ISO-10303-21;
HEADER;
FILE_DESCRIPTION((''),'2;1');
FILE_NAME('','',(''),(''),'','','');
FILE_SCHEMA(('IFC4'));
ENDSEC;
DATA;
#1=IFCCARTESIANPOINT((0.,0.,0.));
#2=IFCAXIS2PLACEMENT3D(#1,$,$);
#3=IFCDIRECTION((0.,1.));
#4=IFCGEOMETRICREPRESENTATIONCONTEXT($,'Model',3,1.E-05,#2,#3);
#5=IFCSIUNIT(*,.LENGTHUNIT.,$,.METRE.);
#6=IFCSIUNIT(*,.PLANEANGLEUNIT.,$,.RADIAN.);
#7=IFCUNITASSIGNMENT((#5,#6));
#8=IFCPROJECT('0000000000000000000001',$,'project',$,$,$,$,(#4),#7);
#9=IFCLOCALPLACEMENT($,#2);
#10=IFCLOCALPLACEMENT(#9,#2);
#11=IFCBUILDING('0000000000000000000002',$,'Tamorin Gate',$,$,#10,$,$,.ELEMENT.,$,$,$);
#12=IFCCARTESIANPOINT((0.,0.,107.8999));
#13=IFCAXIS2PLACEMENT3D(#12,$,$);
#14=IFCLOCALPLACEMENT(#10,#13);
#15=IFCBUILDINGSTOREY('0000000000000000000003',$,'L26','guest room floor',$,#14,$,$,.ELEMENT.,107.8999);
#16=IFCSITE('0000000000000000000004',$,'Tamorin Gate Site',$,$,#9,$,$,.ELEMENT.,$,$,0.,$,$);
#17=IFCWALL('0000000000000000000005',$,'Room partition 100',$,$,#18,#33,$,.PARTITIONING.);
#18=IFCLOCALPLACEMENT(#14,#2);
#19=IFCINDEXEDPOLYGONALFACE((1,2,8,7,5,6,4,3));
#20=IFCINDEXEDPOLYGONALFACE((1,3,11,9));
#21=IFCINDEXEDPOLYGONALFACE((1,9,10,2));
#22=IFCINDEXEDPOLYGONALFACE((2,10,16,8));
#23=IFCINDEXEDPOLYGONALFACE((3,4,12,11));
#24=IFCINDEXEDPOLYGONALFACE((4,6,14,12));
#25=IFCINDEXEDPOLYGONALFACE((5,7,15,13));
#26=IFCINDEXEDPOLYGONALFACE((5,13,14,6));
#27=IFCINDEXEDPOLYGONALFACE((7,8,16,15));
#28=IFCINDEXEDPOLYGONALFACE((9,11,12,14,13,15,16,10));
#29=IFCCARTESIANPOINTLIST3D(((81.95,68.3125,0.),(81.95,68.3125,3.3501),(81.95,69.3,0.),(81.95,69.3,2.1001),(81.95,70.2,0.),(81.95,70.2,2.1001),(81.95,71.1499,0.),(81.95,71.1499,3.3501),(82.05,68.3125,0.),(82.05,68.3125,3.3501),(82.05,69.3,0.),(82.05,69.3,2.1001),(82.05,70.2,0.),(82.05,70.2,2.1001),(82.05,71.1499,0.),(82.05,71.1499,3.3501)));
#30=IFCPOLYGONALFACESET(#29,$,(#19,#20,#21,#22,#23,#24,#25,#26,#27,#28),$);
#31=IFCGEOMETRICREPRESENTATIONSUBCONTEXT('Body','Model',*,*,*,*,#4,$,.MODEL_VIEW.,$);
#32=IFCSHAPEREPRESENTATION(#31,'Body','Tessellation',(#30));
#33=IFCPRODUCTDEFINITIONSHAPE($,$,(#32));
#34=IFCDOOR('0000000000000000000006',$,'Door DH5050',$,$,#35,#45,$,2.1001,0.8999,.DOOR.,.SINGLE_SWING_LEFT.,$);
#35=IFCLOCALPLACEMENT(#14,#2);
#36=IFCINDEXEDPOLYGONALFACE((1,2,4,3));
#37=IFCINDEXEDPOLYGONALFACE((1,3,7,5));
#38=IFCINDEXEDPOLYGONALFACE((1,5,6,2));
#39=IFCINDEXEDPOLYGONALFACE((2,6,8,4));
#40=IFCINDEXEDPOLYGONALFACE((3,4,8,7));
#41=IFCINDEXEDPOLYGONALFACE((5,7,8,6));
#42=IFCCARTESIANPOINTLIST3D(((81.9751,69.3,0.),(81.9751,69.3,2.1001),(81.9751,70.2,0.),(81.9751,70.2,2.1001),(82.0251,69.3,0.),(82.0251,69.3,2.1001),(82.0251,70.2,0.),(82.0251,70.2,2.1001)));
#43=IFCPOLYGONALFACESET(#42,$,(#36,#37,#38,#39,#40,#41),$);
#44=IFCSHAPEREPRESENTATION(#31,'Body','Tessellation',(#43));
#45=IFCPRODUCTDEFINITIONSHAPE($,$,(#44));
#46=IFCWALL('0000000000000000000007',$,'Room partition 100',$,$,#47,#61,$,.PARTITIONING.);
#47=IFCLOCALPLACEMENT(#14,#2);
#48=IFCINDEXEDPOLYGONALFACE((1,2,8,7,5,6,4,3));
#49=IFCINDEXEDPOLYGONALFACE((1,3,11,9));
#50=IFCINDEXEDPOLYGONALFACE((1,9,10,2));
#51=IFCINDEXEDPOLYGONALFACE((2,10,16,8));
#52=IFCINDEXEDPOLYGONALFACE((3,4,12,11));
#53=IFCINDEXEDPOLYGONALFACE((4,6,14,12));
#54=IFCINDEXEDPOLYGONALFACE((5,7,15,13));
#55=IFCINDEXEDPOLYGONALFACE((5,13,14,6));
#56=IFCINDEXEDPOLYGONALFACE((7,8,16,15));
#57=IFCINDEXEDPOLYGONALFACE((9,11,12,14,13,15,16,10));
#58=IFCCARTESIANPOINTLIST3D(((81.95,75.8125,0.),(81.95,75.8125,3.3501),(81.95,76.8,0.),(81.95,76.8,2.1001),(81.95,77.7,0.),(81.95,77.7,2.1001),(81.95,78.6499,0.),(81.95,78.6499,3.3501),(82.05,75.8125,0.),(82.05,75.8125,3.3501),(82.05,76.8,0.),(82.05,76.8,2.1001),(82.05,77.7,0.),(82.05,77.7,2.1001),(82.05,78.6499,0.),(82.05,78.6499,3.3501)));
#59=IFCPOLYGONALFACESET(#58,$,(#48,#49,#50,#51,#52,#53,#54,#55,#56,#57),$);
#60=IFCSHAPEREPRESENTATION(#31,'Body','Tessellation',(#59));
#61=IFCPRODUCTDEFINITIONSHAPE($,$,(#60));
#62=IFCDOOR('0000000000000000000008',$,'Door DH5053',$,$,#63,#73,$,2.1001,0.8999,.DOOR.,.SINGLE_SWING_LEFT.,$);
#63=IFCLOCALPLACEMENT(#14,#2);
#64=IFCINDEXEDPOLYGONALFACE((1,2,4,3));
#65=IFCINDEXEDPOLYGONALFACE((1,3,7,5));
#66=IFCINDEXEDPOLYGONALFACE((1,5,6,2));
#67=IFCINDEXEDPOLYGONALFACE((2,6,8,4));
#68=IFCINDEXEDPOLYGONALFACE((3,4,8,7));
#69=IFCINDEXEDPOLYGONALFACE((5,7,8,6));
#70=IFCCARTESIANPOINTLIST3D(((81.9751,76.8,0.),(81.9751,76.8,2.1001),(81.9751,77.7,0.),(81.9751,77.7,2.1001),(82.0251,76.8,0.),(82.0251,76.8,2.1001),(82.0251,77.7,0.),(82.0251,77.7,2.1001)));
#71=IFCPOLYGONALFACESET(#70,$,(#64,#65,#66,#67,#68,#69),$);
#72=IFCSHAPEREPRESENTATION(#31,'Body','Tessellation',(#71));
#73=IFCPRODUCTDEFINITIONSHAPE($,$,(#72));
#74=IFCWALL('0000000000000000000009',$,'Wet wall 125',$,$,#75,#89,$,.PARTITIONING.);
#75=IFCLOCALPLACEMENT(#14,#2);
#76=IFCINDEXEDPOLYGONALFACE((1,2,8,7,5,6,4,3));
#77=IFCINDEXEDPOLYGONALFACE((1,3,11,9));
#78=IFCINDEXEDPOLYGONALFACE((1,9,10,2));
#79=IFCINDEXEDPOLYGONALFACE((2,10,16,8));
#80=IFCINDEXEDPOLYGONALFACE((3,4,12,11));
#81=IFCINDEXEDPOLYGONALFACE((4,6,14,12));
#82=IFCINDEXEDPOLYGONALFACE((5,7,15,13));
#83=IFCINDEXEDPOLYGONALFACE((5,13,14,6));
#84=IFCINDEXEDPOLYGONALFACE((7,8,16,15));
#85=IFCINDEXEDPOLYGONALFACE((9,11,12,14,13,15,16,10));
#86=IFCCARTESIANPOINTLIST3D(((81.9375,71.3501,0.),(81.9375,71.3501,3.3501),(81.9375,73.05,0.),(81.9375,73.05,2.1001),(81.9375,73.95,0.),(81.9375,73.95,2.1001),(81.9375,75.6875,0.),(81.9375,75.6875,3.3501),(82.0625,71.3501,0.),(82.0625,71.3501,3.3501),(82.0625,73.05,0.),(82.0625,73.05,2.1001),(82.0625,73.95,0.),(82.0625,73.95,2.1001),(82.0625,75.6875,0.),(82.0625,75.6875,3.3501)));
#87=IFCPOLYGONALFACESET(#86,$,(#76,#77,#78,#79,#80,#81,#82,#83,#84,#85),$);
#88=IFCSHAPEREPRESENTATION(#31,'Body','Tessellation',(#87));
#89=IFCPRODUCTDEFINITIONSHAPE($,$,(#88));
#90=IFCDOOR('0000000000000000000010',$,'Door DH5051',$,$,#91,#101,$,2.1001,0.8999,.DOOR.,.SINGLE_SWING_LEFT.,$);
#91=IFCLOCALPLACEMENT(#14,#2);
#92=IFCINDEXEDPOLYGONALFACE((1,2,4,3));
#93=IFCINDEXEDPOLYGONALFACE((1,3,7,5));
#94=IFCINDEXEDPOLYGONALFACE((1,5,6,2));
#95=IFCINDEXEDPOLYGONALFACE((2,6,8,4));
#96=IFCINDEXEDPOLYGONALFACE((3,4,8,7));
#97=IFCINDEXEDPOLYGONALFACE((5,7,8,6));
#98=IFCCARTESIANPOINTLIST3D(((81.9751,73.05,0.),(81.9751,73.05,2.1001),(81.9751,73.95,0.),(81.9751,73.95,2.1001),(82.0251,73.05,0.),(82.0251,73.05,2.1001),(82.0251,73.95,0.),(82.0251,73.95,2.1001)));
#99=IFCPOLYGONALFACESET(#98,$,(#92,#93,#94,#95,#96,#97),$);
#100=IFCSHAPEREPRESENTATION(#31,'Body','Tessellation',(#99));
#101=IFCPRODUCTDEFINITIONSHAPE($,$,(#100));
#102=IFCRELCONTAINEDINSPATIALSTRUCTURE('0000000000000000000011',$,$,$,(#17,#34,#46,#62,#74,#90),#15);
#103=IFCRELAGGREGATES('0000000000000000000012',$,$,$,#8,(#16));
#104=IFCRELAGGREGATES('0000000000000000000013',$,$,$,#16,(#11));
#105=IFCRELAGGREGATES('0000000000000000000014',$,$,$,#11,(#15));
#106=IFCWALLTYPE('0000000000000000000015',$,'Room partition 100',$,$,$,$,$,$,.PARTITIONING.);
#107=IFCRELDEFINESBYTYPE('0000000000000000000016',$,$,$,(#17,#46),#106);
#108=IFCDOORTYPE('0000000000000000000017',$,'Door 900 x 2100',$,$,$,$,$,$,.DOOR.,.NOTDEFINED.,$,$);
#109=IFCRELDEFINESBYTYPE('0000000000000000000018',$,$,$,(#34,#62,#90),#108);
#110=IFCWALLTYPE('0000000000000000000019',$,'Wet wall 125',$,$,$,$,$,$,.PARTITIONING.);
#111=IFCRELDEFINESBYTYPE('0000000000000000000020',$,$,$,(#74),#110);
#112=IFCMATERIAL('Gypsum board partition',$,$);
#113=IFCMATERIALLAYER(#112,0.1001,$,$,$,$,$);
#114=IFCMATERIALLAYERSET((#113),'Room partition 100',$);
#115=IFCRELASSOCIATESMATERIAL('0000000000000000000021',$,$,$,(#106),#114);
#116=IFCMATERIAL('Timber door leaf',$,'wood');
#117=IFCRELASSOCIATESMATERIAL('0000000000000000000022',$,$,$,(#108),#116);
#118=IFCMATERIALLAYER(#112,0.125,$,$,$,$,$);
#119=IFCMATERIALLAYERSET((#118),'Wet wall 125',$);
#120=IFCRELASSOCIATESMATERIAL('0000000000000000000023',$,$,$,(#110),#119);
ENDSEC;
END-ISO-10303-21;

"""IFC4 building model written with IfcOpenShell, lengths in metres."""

from ifc_helpers import new_model, si_unit, direction, frame, frame_2d, origin, place, context, subcontext, project, spatial, rectangle, extrude, material, layer, layer_set, type_object, element, fill, save


model = new_model("IFC4")

# Units and contexts
model_context = context("Model", 3, precision=1e-05, world=origin(), true_north=direction((0.0, 1.0)))
body_context = subcontext(model_context, "Body", "Model", "MODEL_VIEW")
ifc_project = project(units=[si_unit("LENGTHUNIT", "METRE"), si_unit("PLANEANGLEUNIT", "RADIAN")], contexts=[model_context])

# Site, building, storey
site_placement = place(None, origin())
site = spatial("IfcSite", under=ifc_project, at=site_placement, Name="Tamorin Gate Site", CompositionType="ELEMENT", RefElevation=0.0)
building_placement = place(site_placement, origin())
building = spatial("IfcBuilding", under=site, at=building_placement, Name="Tamorin Gate", CompositionType="ELEMENT")
storey_placement = place(building_placement, frame((0.0, 0.0, 107.8999)))
storey = spatial("IfcBuildingStorey", under=building, at=storey_placement, Name="L26", Description="guest room floor", CompositionType="ELEMENT", Elevation=107.8999)

# Walls, openings, doors
ifc_material_1 = material(Name="Gypsum board partition")
ifc_layer_1 = layer(ifc_material_1, 0.1001)
ifc_layer_set_1 = layer_set([ifc_layer_1], Name="Room partition 100")
wall_type_1 = type_object("IfcWallType", Name="Room partition 100", PredefinedType="PARTITIONING", material=ifc_layer_set_1)
wall_1_placement = place(storey_placement, frame((82.0, 68.3125, 0.0), z_axis=(0.0, 0.0, 1.0), x_axis=(0.0, 1.0, 0.0)))
wall_1 = element("IfcWall", 1, at=wall_1_placement, inside=storey, type_object=wall_type_1, Name="Room partition 100", PredefinedType="PARTITIONING", context=body_context, shape_type="SweptSolid", body=[
    extrude(rectangle(XDim=2.8374, YDim=0.1001, at=frame_2d((1.4187, 0.0))), origin(), (0.0, 0.0, 1.0), 3.3501),
])
opening_1_placement = place(wall_1_placement, frame((0.9875, 0.0, 0.0)))
opening_1 = element("IfcOpeningElement", 2, at=opening_1_placement, cuts=wall_1, PredefinedType="OPENING", context=body_context, shape_type="SweptSolid", body=[
    extrude(rectangle(XDim=0.8999, YDim=2.1001, at=frame_2d((0.45, 1.05))), frame((0.0, 0.0601, 0.0), z_axis=(0.0, -1.0, 0.0), x_axis=(1.0, 0.0, 0.0)), (0.0, 0.0, 1.0), 0.1201),
])
ifc_material_2 = material(Name="Timber door leaf", Category="wood")
door_type = type_object("IfcDoorType", Name="Door 900 x 2100", OperationType="NOTDEFINED", PredefinedType="DOOR", material=ifc_material_2)
door_1_placement = place(opening_1_placement, origin())
door_1 = element("IfcDoor", 3, at=door_1_placement, inside=storey, type_object=door_type, Name="Door DH5050", OperationType="SINGLE_SWING_LEFT", OverallHeight=2.1001, OverallWidth=0.8999, PredefinedType="DOOR", context=body_context, shape_type="SweptSolid", body=[
    extrude(rectangle(XDim=0.8999, YDim=2.1001, at=frame_2d((0.45, 1.05))), frame((0.0, 0.0249, 0.0), z_axis=(0.0, -1.0, 0.0), x_axis=(1.0, 0.0, 0.0)), (0.0, 0.0, 1.0), 0.05),
])
fill(opening_1, door_1)
wall_2_placement = place(storey_placement, frame((82.0, 75.8125, 0.0), z_axis=(0.0, 0.0, 1.0), x_axis=(0.0, 1.0, 0.0)))
wall_2 = element("IfcWall", 4, at=wall_2_placement, inside=storey, type_object=wall_type_1, Name="Room partition 100", PredefinedType="PARTITIONING", context=body_context, shape_type="SweptSolid", body=[
    extrude(rectangle(XDim=2.8374, YDim=0.1001, at=frame_2d((1.4187, 0.0))), origin(), (0.0, 0.0, 1.0), 3.3501),
])
opening_2_placement = place(wall_2_placement, frame((0.9875, 0.0, 0.0)))
opening_2 = element("IfcOpeningElement", 5, at=opening_2_placement, cuts=wall_2, PredefinedType="OPENING", context=body_context, shape_type="SweptSolid", body=[
    extrude(rectangle(XDim=0.8999, YDim=2.1001, at=frame_2d((0.45, 1.05))), frame((0.0, 0.0601, 0.0), z_axis=(0.0, -1.0, 0.0), x_axis=(1.0, 0.0, 0.0)), (0.0, 0.0, 1.0), 0.1201),
])
door_2_placement = place(opening_2_placement, origin())
door_2 = element("IfcDoor", 6, at=door_2_placement, inside=storey, type_object=door_type, Name="Door DH5053", OperationType="SINGLE_SWING_LEFT", OverallHeight=2.1001, OverallWidth=0.8999, PredefinedType="DOOR", context=body_context, shape_type="SweptSolid", body=[
    extrude(rectangle(XDim=0.8999, YDim=2.1001, at=frame_2d((0.45, 1.05))), frame((0.0, 0.0249, 0.0), z_axis=(0.0, -1.0, 0.0), x_axis=(1.0, 0.0, 0.0)), (0.0, 0.0, 1.0), 0.05),
])
fill(opening_2, door_2)
ifc_layer_2 = layer(ifc_material_1, 0.125)
ifc_layer_set_2 = layer_set([ifc_layer_2], Name="Wet wall 125")
wall_type_2 = type_object("IfcWallType", Name="Wet wall 125", PredefinedType="PARTITIONING", material=ifc_layer_set_2)
wall_3_placement = place(storey_placement, frame((82.0, 71.3501, 0.0), z_axis=(0.0, 0.0, 1.0), x_axis=(0.0, 1.0, 0.0)))
wall_3 = element("IfcWall", 7, at=wall_3_placement, inside=storey, type_object=wall_type_2, Name="Wet wall 125", PredefinedType="PARTITIONING", context=body_context, shape_type="SweptSolid", body=[
    extrude(rectangle(XDim=4.3374, YDim=0.125, at=frame_2d((2.1687, 0.0))), origin(), (0.0, 0.0, 1.0), 3.3501),
])
opening_3_placement = place(wall_3_placement, frame((1.7, 0.0, 0.0)))
opening_3 = element("IfcOpeningElement", 8, at=opening_3_placement, cuts=wall_3, PredefinedType="OPENING", context=body_context, shape_type="SweptSolid", body=[
    extrude(rectangle(XDim=0.8999, YDim=2.1001, at=frame_2d((0.45, 1.05))), frame((0.0, 0.0725, 0.0), z_axis=(0.0, -1.0, 0.0), x_axis=(1.0, 0.0, 0.0)), (0.0, 0.0, 1.0), 0.145),
])
door_3_placement = place(opening_3_placement, origin())
door_3 = element("IfcDoor", 9, at=door_3_placement, inside=storey, type_object=door_type, Name="Door DH5051", OperationType="SINGLE_SWING_LEFT", OverallHeight=2.1001, OverallWidth=0.8999, PredefinedType="DOOR", context=body_context, shape_type="SweptSolid", body=[
    extrude(rectangle(XDim=0.8999, YDim=2.1001, at=frame_2d((0.45, 1.05))), frame((0.0, 0.0249, 0.0), z_axis=(0.0, -1.0, 0.0), x_axis=(1.0, 0.0, 0.0)), (0.0, 0.0, 1.0), 0.05),
])
fill(opening_3, door_3)

save(model, "model.ifc")
